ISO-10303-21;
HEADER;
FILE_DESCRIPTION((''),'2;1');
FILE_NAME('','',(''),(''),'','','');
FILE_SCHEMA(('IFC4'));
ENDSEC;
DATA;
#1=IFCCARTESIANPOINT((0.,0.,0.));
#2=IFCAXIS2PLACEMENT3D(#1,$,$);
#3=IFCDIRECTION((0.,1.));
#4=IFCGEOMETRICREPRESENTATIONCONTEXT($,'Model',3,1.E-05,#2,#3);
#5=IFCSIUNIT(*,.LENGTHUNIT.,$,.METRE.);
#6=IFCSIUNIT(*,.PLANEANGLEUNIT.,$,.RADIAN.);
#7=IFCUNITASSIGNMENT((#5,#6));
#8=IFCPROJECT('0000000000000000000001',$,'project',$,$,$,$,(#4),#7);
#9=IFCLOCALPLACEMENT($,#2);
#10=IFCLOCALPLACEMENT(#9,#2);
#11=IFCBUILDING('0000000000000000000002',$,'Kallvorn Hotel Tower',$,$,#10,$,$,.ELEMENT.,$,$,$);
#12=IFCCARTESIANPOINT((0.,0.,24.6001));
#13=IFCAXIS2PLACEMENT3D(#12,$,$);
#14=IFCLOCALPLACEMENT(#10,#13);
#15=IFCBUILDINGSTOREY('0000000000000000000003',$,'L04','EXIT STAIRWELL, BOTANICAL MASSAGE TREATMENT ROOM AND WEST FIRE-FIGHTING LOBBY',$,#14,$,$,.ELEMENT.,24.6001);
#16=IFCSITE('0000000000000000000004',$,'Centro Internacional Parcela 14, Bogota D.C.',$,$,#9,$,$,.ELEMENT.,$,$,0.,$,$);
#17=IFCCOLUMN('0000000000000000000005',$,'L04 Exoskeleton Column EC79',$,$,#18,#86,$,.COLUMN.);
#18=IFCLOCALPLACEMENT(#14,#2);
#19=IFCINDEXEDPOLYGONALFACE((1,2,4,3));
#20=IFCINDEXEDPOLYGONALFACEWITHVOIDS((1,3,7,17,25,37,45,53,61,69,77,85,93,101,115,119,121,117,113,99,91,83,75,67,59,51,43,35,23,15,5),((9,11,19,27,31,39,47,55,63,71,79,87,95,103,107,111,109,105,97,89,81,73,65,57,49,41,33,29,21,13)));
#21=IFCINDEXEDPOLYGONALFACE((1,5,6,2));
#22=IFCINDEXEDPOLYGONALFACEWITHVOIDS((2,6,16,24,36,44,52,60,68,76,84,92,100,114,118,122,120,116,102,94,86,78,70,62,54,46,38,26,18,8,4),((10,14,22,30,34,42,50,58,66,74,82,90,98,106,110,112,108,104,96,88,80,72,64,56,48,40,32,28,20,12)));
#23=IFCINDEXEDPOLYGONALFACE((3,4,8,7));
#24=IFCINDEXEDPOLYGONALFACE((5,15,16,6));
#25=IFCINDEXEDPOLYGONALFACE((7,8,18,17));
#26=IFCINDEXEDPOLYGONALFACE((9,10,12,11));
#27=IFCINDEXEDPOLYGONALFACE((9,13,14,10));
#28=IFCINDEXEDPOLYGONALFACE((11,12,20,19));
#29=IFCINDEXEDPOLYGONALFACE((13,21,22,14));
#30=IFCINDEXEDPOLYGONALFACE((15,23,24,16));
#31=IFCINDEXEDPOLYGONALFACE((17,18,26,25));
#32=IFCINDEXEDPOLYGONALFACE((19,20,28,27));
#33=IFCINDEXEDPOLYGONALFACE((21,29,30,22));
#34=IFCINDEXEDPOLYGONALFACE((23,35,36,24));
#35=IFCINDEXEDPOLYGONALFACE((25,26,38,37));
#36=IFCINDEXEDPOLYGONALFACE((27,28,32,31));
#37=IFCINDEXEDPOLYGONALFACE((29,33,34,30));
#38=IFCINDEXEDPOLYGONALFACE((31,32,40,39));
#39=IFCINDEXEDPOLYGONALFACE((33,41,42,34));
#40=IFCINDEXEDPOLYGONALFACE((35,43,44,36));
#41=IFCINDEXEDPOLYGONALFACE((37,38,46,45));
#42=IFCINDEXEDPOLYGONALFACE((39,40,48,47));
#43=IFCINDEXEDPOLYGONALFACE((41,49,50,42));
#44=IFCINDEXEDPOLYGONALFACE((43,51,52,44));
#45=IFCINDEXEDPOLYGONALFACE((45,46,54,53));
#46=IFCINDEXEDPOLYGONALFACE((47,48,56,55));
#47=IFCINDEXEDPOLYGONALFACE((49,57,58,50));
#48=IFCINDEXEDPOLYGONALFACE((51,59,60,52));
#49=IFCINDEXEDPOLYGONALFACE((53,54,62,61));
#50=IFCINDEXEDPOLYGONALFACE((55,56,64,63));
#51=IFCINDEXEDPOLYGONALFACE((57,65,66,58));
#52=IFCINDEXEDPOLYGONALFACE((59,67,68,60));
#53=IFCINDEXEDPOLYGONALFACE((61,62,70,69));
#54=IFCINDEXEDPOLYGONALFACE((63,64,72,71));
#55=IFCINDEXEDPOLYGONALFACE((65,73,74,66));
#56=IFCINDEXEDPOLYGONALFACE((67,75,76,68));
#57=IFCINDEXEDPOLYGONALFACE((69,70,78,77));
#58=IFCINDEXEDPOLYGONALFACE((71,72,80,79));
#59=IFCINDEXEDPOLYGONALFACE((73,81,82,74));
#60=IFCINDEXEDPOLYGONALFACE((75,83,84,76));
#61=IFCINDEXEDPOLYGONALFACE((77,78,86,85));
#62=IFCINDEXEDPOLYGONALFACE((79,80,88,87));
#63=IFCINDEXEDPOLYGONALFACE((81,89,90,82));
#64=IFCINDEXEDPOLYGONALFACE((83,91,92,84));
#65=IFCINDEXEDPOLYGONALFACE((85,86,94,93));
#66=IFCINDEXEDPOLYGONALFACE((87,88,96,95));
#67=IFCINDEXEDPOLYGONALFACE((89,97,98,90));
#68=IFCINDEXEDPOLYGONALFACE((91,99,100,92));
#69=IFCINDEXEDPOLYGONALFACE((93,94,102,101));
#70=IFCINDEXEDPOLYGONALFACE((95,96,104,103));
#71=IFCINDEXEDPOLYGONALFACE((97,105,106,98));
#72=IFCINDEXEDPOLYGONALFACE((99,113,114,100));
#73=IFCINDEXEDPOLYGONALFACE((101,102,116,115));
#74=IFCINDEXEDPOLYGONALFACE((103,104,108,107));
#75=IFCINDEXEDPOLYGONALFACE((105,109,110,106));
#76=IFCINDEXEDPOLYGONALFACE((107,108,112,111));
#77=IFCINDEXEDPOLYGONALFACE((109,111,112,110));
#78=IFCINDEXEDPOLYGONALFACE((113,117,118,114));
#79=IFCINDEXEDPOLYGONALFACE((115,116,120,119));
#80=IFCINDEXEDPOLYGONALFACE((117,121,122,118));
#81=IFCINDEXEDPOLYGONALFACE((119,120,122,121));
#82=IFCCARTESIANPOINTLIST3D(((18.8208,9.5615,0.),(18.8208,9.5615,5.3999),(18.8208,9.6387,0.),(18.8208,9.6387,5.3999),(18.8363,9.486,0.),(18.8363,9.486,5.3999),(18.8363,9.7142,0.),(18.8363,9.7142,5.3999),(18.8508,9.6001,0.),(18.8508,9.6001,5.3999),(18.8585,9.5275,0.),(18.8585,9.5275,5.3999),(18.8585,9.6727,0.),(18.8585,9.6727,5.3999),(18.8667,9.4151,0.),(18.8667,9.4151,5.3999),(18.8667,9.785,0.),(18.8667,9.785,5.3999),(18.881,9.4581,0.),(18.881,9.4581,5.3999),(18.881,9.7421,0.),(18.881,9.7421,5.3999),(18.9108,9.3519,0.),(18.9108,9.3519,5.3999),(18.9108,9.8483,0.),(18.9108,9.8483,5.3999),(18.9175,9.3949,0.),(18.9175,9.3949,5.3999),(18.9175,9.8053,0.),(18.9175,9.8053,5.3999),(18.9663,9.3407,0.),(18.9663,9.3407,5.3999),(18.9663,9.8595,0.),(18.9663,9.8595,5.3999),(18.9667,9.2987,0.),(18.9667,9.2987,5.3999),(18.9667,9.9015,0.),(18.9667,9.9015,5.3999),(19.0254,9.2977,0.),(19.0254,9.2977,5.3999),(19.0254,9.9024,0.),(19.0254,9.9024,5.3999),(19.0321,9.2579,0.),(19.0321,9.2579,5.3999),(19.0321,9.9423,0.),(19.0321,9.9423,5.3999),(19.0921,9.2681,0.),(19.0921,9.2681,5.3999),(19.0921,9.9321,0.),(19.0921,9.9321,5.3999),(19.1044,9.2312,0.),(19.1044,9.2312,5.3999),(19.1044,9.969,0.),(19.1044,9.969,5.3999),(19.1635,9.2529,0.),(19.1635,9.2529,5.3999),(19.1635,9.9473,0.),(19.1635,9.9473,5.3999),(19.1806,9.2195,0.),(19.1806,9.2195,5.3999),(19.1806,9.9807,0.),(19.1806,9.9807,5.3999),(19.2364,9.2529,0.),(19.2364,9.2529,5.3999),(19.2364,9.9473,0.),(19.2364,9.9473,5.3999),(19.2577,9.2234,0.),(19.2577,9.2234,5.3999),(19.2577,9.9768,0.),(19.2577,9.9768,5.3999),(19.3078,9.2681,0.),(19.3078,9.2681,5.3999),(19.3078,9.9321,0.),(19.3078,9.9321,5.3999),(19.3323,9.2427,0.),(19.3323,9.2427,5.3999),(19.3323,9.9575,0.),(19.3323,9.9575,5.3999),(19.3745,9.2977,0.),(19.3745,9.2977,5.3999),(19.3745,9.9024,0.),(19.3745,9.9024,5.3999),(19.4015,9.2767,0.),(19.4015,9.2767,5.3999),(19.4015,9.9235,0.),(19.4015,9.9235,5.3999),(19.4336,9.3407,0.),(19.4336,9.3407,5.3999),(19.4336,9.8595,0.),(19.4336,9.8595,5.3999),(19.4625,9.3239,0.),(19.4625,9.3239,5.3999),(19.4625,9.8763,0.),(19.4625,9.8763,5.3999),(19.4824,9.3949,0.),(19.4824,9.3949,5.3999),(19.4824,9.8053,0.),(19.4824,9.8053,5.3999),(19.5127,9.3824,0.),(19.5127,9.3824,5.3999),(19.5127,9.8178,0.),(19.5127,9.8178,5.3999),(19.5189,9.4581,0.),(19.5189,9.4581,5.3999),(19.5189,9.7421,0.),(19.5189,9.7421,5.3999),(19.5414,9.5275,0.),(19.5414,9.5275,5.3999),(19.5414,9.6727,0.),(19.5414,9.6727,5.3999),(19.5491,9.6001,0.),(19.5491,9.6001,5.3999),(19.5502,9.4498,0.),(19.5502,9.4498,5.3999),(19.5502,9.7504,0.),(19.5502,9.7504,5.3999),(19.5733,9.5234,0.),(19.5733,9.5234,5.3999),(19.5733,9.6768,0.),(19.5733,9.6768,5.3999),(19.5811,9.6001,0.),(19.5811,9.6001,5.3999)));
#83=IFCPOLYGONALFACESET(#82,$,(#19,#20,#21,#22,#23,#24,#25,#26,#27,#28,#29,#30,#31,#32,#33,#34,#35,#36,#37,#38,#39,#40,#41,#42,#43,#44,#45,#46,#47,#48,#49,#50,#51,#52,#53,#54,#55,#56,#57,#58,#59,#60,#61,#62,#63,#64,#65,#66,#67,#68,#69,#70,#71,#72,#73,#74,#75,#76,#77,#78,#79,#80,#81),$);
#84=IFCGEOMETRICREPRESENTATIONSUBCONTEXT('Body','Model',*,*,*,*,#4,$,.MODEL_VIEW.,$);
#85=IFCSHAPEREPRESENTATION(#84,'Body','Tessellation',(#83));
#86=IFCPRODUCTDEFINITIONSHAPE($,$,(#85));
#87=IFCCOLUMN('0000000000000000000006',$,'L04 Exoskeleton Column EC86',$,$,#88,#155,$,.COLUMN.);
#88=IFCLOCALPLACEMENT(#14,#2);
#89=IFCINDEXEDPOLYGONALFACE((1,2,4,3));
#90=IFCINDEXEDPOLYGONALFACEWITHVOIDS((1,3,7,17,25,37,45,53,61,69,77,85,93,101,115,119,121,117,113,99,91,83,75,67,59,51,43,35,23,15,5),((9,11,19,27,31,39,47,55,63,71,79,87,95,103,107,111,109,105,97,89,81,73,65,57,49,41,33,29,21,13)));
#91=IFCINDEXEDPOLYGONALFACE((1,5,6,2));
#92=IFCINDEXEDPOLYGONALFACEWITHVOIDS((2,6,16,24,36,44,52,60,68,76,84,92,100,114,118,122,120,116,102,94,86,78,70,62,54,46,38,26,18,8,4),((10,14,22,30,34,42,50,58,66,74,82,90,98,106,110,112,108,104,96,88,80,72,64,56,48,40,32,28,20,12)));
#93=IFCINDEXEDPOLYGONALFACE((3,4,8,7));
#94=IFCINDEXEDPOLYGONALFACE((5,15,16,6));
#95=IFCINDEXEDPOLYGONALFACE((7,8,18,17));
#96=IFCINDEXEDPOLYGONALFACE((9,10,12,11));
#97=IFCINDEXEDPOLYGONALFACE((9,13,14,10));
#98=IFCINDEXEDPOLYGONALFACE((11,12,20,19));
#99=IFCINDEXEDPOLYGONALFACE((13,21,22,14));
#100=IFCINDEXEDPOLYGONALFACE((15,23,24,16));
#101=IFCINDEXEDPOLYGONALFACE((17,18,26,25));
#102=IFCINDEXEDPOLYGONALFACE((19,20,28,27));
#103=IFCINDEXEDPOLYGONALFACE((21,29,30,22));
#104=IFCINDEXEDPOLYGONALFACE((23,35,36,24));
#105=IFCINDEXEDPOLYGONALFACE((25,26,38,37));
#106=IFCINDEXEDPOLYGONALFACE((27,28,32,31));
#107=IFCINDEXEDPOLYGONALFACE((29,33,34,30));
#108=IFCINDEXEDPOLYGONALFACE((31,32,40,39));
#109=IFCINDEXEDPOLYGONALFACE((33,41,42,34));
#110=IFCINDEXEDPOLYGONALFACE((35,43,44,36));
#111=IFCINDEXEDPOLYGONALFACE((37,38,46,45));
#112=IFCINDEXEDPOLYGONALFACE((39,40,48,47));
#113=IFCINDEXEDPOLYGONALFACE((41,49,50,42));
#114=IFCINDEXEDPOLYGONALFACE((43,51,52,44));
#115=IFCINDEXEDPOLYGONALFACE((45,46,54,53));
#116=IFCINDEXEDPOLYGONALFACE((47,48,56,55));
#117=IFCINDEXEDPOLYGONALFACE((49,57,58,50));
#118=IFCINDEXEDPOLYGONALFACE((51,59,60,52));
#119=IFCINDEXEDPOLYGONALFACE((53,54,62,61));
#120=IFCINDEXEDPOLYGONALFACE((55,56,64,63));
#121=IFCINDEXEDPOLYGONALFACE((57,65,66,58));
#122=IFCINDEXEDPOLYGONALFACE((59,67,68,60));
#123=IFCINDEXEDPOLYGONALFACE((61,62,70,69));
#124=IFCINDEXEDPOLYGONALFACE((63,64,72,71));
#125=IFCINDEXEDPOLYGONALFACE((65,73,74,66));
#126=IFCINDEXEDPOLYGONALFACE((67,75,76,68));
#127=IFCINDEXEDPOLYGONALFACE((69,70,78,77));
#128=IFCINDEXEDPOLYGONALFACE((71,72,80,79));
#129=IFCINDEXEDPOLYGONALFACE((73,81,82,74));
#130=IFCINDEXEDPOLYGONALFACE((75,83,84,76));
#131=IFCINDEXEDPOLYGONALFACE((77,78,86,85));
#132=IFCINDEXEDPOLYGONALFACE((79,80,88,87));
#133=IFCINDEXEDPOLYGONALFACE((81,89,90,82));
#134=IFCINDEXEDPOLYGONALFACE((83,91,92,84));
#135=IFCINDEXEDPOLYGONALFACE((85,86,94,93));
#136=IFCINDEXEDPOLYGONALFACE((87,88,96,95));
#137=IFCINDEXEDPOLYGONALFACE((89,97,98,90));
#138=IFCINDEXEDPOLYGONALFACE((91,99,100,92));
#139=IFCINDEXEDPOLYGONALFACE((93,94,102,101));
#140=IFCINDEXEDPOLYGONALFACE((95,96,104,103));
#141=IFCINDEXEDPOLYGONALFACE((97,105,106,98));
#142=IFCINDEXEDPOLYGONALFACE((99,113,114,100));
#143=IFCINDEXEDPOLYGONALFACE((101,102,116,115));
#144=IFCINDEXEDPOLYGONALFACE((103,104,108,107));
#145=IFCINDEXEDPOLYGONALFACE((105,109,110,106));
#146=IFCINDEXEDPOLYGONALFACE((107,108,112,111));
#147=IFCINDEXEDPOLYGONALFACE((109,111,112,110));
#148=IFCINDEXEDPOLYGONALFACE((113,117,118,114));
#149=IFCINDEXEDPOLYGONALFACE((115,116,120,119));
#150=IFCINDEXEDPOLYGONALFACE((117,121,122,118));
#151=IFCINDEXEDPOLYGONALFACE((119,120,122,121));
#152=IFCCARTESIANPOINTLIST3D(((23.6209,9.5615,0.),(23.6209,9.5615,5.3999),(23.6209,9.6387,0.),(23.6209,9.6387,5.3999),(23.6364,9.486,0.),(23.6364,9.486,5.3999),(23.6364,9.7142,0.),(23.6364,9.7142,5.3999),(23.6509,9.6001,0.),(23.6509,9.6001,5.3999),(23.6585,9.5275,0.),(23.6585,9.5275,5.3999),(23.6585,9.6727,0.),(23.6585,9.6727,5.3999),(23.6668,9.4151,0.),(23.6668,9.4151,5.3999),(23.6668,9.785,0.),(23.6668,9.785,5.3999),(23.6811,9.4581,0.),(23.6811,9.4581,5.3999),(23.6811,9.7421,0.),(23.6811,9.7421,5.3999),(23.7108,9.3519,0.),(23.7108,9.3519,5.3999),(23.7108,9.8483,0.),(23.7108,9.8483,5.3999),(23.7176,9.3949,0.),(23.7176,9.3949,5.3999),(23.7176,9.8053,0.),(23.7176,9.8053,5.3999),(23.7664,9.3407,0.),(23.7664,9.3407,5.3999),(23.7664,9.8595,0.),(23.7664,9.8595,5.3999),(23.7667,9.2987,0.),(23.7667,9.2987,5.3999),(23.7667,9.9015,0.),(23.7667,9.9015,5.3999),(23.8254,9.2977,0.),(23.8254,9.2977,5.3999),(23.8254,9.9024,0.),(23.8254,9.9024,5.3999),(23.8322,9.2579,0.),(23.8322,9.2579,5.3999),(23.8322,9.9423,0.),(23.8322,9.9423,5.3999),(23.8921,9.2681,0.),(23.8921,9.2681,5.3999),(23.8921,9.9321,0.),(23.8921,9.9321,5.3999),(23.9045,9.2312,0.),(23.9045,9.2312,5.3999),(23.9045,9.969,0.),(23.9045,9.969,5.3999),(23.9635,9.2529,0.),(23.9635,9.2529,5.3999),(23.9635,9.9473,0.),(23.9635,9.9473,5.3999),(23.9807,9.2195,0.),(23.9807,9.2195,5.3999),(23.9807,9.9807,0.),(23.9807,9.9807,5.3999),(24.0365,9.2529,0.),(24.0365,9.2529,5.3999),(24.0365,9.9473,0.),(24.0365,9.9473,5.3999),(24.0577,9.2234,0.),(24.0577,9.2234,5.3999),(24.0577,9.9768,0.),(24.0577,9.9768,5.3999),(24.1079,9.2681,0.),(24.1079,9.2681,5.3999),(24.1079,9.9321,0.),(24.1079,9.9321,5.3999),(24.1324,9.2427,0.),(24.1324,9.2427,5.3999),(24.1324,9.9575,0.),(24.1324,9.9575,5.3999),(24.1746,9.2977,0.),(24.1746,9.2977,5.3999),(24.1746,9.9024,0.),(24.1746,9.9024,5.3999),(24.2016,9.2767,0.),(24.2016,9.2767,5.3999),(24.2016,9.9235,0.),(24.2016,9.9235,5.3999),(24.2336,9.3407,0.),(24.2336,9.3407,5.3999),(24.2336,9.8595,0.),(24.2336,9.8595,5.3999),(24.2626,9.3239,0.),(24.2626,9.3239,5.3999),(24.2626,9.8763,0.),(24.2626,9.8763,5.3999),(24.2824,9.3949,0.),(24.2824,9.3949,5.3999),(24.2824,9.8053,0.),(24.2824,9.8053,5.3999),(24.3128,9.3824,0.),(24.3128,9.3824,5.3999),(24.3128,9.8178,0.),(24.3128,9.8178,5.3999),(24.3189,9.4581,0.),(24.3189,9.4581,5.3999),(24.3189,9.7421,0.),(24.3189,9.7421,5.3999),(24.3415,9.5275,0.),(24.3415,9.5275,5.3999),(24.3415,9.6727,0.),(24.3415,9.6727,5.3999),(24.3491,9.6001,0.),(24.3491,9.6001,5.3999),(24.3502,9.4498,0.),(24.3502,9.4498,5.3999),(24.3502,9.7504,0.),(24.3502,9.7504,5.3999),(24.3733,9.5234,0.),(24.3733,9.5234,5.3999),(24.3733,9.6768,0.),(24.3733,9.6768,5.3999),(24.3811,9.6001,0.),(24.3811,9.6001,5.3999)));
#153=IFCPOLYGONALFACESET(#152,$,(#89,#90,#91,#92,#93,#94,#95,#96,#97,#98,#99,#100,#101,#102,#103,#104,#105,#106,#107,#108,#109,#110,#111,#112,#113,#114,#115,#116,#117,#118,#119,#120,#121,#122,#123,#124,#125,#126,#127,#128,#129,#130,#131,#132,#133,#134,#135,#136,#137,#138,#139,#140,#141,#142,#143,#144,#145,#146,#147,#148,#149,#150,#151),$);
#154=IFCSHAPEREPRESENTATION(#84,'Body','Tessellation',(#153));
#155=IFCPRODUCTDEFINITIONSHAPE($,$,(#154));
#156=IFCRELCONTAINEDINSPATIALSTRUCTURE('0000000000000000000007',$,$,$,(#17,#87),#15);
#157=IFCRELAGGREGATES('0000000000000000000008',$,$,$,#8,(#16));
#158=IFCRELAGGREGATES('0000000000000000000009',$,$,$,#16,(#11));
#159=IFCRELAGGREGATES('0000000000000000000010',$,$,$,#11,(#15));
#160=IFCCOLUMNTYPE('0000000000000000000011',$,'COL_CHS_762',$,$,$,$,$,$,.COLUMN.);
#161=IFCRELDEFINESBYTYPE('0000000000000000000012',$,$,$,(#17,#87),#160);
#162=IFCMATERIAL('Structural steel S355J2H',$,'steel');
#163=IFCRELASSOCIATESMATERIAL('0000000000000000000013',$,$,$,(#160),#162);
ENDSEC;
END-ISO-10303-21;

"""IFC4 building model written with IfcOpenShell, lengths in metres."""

from ifc_helpers import new_model, si_unit, direction, frame, origin, origin_2d, place, context, subcontext, project, spatial, hollow_circle, extrude, material, material_profile, profile_set, type_object, element, save


model = new_model("IFC4")

# Units and contexts
model_context = context("Model", 3, precision=1e-05, world=origin(), true_north=direction((0.0, 1.0)))
body_context = subcontext(model_context, "Body", "Model", "MODEL_VIEW")
ifc_project = project(units=[si_unit("LENGTHUNIT", "METRE"), si_unit("PLANEANGLEUNIT", "RADIAN")], contexts=[model_context])

# Site, building, storey
site_placement = place(None, origin())
site = spatial("IfcSite", under=ifc_project, at=site_placement, Name="Centro Internacional Parcela 14, Bogota D.C.", CompositionType="ELEMENT", RefElevation=0.0)
building_placement = place(site_placement, origin())
building = spatial("IfcBuilding", under=site, at=building_placement, Name="Kallvorn Hotel Tower", CompositionType="ELEMENT")
storey_placement = place(building_placement, frame((0.0, 0.0, 24.6001)))
storey = spatial("IfcBuildingStorey", under=building, at=storey_placement, Name="L04", Description="EXIT STAIRWELL, BOTANICAL MASSAGE TREATMENT ROOM AND WEST FIRE-FIGHTING LOBBY", CompositionType="ELEMENT", Elevation=24.6001)

# Columns
ifc_material_1 = material(Name="Structural steel S355J2H", Category="steel")
ifc_material_profile_1 = material_profile(ifc_material_1, hollow_circle(Radius=0.3811, WallThickness=0.032, at=origin_2d()), Name="CHS 762x32")
ifc_profile_set_1 = profile_set([ifc_material_profile_1], Name="Structural steel S355J2H")
column_type_1 = type_object("IfcColumnType", Name="COL_CHS_762", PredefinedType="COLUMN", material=ifc_profile_set_1)
for number, where, z_axis, x_axis, name in (
    (1, (19.2, 9.6001, 0.0), (0.0, 0.0, 1.0), (1.0, 0.0, 0.0), "L04 Exoskeleton Column EC79"),
    (2, (24.0, 9.6001, 0.0), (0.0, 0.0, 1.0), (1.0, 0.0, 0.0), "L04 Exoskeleton Column EC86"),
):
    element("IfcColumn", number, at=place(storey_placement, frame(where, z_axis=z_axis, x_axis=x_axis)), inside=storey, type_object=column_type_1, Name=name, PredefinedType="COLUMN", context=body_context, shape_type="SweptSolid", body=[
        extrude(hollow_circle(Radius=0.3811, WallThickness=0.032, at=origin_2d()), origin(), (0.0, 0.0, 1.0), 5.3999),
    ])

save(model, "model.ifc")
